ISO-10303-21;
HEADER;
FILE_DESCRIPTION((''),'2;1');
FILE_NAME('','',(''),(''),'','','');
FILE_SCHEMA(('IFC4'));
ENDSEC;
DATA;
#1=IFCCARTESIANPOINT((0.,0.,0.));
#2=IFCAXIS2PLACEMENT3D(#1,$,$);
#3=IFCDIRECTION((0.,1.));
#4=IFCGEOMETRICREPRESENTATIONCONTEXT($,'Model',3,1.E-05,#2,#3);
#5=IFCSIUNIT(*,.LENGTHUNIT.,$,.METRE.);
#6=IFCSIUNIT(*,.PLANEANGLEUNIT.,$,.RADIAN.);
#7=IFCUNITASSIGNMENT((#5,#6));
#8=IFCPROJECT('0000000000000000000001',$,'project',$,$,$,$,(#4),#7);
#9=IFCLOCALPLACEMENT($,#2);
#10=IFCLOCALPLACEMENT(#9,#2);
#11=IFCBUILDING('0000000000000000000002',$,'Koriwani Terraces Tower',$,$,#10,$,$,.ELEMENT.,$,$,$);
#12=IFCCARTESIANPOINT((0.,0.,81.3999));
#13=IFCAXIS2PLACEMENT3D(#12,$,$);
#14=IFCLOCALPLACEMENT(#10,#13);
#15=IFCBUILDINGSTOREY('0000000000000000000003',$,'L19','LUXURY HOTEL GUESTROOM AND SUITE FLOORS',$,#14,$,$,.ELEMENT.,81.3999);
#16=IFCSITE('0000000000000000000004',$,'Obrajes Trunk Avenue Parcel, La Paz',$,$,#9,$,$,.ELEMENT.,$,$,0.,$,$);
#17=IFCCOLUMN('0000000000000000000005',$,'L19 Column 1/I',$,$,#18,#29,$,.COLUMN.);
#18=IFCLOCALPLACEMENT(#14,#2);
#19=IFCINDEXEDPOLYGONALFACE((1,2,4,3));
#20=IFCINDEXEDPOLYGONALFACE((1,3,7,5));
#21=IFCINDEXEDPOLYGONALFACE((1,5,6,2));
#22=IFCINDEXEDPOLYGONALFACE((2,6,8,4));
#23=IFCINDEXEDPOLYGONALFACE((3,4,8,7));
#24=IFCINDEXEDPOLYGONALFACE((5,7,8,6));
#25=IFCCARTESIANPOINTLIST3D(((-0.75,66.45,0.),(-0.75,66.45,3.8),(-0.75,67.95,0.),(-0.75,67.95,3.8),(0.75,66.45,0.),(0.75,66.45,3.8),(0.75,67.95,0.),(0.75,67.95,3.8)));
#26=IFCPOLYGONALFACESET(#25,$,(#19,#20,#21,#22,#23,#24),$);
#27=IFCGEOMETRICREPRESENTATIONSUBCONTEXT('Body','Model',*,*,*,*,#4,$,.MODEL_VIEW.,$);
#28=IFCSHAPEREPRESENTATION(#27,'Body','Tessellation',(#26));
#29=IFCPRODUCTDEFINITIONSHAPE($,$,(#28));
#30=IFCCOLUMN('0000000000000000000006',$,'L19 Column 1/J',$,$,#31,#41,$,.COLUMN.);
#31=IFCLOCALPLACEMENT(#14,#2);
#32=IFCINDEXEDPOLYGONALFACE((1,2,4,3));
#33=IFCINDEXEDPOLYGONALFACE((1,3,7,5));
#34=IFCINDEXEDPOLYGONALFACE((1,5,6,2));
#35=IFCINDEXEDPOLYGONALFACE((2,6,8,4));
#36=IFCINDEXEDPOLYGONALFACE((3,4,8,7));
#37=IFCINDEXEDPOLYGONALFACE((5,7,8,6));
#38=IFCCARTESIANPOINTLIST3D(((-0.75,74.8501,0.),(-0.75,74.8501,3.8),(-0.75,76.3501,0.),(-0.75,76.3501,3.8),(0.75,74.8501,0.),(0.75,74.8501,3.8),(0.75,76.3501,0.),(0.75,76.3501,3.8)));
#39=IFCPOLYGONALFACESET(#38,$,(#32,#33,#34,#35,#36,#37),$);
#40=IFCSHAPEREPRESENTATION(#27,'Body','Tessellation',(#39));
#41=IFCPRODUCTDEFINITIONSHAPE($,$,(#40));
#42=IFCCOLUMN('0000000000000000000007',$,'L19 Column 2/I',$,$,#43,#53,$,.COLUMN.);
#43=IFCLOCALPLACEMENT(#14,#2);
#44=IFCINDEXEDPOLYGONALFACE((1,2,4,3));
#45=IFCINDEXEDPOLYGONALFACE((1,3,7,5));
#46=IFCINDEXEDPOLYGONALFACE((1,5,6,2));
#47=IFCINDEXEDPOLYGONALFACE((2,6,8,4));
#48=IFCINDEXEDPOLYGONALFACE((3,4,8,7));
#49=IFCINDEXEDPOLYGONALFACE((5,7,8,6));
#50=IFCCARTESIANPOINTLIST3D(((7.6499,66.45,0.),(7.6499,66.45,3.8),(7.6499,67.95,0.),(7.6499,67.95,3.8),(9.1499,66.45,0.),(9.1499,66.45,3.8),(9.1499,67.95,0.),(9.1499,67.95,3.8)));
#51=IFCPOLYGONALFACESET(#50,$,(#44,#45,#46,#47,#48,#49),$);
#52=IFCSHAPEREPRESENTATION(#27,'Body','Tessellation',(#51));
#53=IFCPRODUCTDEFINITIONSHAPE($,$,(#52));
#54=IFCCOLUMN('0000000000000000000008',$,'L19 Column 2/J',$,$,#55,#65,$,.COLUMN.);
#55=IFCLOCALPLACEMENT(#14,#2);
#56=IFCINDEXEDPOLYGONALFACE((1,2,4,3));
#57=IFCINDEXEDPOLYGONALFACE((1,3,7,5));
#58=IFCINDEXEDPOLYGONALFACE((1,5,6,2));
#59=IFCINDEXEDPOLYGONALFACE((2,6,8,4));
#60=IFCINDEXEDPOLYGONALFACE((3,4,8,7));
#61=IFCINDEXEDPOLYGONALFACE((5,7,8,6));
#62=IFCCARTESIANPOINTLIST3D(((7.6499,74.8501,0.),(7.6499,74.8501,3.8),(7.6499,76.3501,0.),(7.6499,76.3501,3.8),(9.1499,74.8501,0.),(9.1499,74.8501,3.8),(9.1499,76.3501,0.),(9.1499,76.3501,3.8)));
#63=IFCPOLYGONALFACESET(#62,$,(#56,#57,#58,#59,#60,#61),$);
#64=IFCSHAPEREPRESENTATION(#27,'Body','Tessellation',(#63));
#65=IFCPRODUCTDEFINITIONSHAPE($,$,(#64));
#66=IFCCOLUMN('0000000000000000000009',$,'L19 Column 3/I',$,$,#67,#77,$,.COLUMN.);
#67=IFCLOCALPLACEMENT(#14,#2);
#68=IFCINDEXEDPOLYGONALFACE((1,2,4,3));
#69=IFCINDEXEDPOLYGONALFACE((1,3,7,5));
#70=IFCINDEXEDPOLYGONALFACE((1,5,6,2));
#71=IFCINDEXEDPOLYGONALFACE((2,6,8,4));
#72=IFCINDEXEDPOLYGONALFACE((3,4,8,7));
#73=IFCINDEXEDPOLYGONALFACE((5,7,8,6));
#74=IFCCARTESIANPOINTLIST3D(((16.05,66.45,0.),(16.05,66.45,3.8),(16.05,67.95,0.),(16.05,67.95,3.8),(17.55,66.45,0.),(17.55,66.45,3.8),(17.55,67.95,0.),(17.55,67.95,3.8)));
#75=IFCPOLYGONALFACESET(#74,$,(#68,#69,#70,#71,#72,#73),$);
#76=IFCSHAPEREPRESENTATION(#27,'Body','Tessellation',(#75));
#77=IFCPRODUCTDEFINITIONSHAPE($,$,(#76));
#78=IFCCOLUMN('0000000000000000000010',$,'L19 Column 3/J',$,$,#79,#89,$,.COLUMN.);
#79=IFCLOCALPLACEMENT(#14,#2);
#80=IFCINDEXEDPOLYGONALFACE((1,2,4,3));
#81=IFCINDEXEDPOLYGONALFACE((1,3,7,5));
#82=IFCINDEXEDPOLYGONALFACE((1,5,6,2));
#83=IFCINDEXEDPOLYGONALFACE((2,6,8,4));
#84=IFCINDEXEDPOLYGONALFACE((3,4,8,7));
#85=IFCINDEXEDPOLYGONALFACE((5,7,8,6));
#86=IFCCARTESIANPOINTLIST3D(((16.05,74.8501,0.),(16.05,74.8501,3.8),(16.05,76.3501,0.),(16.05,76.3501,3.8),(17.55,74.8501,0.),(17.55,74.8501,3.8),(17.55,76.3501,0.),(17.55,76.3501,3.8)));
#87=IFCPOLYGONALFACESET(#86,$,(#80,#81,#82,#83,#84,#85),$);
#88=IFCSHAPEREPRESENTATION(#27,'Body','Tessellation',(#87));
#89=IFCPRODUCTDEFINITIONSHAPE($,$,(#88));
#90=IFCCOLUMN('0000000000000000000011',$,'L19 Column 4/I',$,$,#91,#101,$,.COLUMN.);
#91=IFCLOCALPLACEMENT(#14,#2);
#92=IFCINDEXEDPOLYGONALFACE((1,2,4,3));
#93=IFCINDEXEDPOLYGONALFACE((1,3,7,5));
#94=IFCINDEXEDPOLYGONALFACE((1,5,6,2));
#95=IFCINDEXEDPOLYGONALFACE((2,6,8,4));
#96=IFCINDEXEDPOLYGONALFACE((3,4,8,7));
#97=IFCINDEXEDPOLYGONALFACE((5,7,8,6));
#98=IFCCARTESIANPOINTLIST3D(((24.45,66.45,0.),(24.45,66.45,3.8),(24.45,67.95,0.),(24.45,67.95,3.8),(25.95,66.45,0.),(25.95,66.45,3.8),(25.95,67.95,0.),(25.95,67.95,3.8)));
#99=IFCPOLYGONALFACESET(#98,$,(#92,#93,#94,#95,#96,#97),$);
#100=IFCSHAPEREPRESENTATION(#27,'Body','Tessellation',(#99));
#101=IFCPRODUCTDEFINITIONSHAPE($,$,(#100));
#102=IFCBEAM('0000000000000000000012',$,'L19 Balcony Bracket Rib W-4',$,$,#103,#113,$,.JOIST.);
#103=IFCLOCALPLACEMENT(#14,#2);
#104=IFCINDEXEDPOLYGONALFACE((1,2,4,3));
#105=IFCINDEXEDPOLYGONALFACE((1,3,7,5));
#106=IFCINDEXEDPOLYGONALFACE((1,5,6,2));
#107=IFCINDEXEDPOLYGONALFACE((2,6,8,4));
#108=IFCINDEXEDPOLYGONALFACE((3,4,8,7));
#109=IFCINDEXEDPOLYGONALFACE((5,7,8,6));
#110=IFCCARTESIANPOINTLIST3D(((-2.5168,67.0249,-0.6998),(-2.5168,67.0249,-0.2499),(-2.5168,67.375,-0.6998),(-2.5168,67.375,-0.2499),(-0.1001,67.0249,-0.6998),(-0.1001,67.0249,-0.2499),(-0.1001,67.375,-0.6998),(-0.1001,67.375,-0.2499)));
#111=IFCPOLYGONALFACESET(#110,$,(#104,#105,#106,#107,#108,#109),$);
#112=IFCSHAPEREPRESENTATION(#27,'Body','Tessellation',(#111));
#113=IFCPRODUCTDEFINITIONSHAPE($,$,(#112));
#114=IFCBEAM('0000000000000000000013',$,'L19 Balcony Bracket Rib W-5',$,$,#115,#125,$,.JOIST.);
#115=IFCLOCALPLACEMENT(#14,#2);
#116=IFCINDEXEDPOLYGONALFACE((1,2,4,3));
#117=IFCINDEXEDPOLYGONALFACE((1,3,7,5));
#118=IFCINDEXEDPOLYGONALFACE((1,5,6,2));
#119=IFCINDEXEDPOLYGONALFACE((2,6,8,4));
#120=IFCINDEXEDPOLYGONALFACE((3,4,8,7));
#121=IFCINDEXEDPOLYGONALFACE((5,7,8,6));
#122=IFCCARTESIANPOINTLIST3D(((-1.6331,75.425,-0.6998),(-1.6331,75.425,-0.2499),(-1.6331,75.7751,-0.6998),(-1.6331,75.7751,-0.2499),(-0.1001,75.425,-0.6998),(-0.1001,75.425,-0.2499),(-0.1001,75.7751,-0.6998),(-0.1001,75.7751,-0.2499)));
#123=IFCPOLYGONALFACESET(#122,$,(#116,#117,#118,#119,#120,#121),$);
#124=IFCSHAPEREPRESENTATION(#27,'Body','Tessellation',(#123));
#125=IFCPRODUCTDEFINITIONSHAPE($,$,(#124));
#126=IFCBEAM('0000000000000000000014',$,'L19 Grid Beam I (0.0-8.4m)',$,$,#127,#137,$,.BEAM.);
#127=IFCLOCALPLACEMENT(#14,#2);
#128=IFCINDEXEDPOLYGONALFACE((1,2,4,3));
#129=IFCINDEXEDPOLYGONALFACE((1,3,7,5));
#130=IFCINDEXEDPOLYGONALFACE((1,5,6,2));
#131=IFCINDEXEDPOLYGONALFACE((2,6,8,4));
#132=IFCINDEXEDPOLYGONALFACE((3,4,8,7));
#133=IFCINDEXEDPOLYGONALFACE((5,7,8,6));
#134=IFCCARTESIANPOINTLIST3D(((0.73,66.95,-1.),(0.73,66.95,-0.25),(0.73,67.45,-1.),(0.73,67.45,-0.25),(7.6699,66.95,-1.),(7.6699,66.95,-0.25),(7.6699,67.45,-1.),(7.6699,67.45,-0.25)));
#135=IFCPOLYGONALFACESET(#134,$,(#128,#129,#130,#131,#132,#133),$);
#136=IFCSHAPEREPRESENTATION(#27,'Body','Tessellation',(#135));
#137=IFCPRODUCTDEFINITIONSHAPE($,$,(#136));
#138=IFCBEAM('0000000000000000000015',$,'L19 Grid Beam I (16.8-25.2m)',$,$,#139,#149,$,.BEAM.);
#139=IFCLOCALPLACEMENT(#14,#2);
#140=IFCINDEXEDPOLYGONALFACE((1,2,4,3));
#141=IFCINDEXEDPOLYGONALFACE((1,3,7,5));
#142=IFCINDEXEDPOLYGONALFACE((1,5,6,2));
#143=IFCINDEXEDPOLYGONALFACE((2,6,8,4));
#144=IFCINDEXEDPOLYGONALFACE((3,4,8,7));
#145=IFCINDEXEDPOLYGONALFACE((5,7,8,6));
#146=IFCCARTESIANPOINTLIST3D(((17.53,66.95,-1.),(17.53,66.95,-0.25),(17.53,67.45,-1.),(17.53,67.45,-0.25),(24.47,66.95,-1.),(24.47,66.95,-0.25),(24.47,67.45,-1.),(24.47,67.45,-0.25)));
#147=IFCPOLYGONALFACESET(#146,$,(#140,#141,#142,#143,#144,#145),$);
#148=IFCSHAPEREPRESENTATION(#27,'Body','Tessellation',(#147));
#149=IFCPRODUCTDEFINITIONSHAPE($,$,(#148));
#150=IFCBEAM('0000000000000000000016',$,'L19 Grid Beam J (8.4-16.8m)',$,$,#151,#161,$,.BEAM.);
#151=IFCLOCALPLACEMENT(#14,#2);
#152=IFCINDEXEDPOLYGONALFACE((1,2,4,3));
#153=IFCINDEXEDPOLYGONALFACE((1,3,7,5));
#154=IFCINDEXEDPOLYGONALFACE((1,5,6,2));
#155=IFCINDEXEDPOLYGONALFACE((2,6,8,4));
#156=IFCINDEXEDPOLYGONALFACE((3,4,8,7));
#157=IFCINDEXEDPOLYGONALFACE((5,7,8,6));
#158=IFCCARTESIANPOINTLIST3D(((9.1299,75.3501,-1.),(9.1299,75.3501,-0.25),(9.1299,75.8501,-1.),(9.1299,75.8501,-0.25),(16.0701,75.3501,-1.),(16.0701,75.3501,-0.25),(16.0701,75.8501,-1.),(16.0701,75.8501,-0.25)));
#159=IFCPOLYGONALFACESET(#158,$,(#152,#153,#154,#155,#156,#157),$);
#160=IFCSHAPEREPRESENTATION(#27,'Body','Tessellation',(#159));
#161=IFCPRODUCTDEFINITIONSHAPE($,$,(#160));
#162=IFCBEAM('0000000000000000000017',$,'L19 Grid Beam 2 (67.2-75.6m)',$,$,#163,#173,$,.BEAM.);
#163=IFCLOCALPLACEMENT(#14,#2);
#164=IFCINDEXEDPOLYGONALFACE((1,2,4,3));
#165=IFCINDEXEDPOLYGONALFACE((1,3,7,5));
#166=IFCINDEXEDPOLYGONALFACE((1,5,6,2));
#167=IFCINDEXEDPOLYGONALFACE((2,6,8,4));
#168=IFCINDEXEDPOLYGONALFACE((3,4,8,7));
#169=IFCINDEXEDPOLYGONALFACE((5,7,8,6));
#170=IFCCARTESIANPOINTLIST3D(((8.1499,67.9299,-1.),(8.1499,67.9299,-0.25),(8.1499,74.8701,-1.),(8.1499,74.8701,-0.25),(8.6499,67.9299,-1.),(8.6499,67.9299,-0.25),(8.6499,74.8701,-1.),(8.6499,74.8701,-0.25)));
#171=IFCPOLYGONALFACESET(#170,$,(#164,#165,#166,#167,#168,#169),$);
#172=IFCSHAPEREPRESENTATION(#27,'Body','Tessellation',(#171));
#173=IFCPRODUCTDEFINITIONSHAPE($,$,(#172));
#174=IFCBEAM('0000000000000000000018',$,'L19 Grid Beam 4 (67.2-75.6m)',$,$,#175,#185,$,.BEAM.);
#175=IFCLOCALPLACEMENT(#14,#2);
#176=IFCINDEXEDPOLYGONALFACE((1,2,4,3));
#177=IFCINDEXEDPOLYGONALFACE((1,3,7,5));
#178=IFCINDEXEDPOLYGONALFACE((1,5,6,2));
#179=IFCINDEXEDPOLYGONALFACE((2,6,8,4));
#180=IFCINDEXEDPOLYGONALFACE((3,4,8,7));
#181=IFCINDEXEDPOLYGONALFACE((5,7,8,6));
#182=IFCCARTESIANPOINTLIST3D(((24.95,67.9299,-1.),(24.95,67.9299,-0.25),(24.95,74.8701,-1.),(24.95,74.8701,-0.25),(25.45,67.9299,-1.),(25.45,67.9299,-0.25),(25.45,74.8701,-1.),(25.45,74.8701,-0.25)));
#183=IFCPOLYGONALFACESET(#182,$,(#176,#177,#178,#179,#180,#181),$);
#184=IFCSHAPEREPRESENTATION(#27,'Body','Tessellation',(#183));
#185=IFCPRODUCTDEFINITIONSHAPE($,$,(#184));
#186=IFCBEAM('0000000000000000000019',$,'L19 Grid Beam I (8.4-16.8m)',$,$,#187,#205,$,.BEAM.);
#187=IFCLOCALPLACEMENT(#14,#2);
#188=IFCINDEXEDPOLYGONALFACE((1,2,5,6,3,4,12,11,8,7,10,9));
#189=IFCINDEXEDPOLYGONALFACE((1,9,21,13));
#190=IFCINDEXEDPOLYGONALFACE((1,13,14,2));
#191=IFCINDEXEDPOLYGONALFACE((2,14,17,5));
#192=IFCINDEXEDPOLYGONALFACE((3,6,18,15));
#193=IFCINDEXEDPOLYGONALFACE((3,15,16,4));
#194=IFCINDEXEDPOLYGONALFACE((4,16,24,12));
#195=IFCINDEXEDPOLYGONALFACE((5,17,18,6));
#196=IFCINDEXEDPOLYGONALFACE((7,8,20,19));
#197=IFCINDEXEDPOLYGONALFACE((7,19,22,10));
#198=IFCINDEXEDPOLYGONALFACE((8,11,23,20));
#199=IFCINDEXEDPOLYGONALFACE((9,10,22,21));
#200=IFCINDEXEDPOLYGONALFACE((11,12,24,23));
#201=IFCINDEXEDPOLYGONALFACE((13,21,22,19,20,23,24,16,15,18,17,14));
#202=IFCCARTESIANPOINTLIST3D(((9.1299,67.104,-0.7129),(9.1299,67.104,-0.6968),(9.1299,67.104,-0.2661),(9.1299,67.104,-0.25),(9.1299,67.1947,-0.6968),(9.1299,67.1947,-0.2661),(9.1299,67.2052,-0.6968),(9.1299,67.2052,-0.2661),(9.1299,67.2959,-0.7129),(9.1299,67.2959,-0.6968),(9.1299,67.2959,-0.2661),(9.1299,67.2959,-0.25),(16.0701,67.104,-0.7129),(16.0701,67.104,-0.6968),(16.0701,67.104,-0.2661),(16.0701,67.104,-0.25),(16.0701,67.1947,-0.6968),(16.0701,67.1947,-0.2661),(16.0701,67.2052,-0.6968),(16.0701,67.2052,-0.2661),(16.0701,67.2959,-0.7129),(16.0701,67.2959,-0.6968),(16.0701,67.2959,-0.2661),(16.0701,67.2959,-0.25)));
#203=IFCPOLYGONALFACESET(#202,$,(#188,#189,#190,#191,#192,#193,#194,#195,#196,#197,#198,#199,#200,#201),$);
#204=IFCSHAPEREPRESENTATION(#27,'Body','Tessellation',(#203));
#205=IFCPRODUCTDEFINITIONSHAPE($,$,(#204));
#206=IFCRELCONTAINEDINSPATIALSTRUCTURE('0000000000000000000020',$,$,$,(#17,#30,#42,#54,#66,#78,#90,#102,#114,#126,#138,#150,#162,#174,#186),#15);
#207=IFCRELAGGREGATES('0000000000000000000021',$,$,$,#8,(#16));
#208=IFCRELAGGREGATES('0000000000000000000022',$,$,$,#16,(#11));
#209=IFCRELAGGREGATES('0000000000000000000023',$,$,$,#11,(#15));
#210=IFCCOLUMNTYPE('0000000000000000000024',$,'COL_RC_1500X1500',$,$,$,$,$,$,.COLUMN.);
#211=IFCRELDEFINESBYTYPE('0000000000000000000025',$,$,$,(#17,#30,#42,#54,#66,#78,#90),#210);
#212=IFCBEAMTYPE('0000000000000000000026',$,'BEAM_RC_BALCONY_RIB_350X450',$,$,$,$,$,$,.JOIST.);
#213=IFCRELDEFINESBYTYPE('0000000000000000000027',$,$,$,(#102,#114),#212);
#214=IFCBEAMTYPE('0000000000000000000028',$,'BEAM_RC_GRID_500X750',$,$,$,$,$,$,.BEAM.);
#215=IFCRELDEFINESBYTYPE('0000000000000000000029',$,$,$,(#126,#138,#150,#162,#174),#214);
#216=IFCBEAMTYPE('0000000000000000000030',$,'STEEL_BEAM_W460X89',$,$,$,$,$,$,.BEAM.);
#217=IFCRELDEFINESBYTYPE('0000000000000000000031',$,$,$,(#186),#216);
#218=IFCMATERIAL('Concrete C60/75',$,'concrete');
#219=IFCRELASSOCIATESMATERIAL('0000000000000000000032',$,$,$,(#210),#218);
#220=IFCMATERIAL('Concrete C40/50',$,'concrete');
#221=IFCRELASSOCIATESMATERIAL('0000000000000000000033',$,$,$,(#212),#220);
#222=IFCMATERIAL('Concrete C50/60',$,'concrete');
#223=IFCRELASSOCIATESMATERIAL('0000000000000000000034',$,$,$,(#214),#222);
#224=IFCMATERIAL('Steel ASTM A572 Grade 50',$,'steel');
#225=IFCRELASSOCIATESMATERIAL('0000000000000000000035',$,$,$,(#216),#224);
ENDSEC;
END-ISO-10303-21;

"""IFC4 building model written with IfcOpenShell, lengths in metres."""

from ifc_helpers import new_model, si_unit, direction, frame, origin, origin_2d, place, context, subcontext, project, spatial, rectangle, i_section, extrude, material, material_profile, profile_set, type_object, element, save


model = new_model("IFC4")

# Units and contexts
model_context = context("Model", 3, precision=1e-05, world=origin(), true_north=direction((0.0, 1.0)))
body_context = subcontext(model_context, "Body", "Model", "MODEL_VIEW")
ifc_project = project(units=[si_unit("LENGTHUNIT", "METRE"), si_unit("PLANEANGLEUNIT", "RADIAN")], contexts=[model_context])

# Site, building, storey
site_placement = place(None, origin())
site = spatial("IfcSite", under=ifc_project, at=site_placement, Name="Obrajes Trunk Avenue Parcel, La Paz", CompositionType="ELEMENT", RefElevation=0.0)
building_placement = place(site_placement, origin())
building = spatial("IfcBuilding", under=site, at=building_placement, Name="Koriwani Terraces Tower", CompositionType="ELEMENT")
storey_placement = place(building_placement, frame((0.0, 0.0, 81.3999)))
storey = spatial("IfcBuildingStorey", under=building, at=storey_placement, Name="L19", Description="LUXURY HOTEL GUESTROOM AND SUITE FLOORS", CompositionType="ELEMENT", Elevation=81.3999)

# Columns
ifc_material_1 = material(Name="Concrete C60/75", Category="concrete")
ifc_material_profile_1 = material_profile(ifc_material_1, rectangle(XDim=1.5, YDim=1.5, at=origin_2d()), Name="Concrete C60/75", Category="LoadBearing")
ifc_profile_set_1 = profile_set([ifc_material_profile_1], Name="Concrete C60/75")
column_type = type_object("IfcColumnType", Name="COL_RC_1500X1500", PredefinedType="COLUMN", material=ifc_profile_set_1)
for number, where, z_axis, x_axis, name in (
    (1, (0.0, 67.2, 0.0), (0.0, 0.0, 1.0), (1.0, 0.0, 0.0), "L19 Column 1/I"),
    (2, (0.0, 75.6001, 0.0), (0.0, 0.0, 1.0), (1.0, 0.0, 0.0), "L19 Column 1/J"),
    (3, (8.3999, 67.2, 0.0), (0.0, 0.0, 1.0), (1.0, 0.0, 0.0), "L19 Column 2/I"),
    (4, (8.3999, 75.6001, 0.0), (0.0, 0.0, 1.0), (1.0, 0.0, 0.0), "L19 Column 2/J"),
    (5, (16.8, 67.2, 0.0), (0.0, 0.0, 1.0), (1.0, 0.0, 0.0), "L19 Column 3/I"),
    (6, (16.8, 75.6001, 0.0), (0.0, 0.0, 1.0), (1.0, 0.0, 0.0), "L19 Column 3/J"),
    (7, (25.2, 67.2, 0.0), (0.0, 0.0, 1.0), (1.0, 0.0, 0.0), "L19 Column 4/I"),
):
    element("IfcColumn", number, at=place(storey_placement, frame(where, z_axis=z_axis, x_axis=x_axis)), inside=storey, type_object=column_type, Name=name, PredefinedType="COLUMN", context=body_context, shape_type="SweptSolid", body=[
        extrude(rectangle(XDim=1.5, YDim=1.5, at=origin_2d()), origin(), (0.0, 0.0, 1.0), 3.8),
    ])

# Beams
ifc_material_2 = material(Name="Concrete C40/50", Category="concrete")
ifc_material_profile_2 = material_profile(ifc_material_2, rectangle(XDim=0.3501, YDim=0.45, at=origin_2d()), Name="Concrete C40/50", Category="LoadBearing")
ifc_profile_set_2 = profile_set([ifc_material_profile_2], Name="Concrete C40/50")
beam_type_1 = type_object("IfcBeamType", Name="BEAM_RC_BALCONY_RIB_350X450", PredefinedType="JOIST", material=ifc_profile_set_2)
beam_1_placement = place(storey_placement, frame((-2.5168, 67.2, -0.4749), z_axis=(1.0, 0.0, 0.0), x_axis=(0.0, 1.0, 0.0)))
element("IfcBeam", 8, at=beam_1_placement, inside=storey, type_object=beam_type_1, Name="L19 Balcony Bracket Rib W-4", PredefinedType="JOIST", context=body_context, shape_type="SweptSolid", body=[
    extrude(rectangle(XDim=0.3501, YDim=0.45, at=origin_2d()), origin(), (0.0, 0.0, 1.0), 2.4167),
])
beam_2_placement = place(storey_placement, frame((-1.6331, 75.6001, -0.4749), z_axis=(1.0, 0.0, 0.0), x_axis=(0.0, 1.0, 0.0)))
element("IfcBeam", 9, at=beam_2_placement, inside=storey, type_object=beam_type_1, Name="L19 Balcony Bracket Rib W-5", PredefinedType="JOIST", context=body_context, shape_type="SweptSolid", body=[
    extrude(rectangle(XDim=0.3501, YDim=0.45, at=origin_2d()), origin(), (0.0, 0.0, 1.0), 1.533),
])
ifc_material_3 = material(Name="Concrete C50/60", Category="concrete")
ifc_material_profile_3 = material_profile(ifc_material_3, rectangle(XDim=0.5, YDim=0.75, at=origin_2d()), Name="Concrete C50/60", Category="LoadBearing")
ifc_profile_set_3 = profile_set([ifc_material_profile_3], Name="Concrete C50/60")
beam_type_2 = type_object("IfcBeamType", Name="BEAM_RC_GRID_500X750", PredefinedType="BEAM", material=ifc_profile_set_3)
for number, where, z_axis, x_axis, name in (
    (10, (0.73, 67.2, -0.625), (1.0, 0.0, 0.0), (0.0, 1.0, 0.0), "L19 Grid Beam I (0.0-8.4m)"),
    (11, (17.53, 67.2, -0.625), (1.0, 0.0, 0.0), (0.0, 1.0, 0.0), "L19 Grid Beam I (16.8-25.2m)"),
):
    element("IfcBeam", number, at=place(storey_placement, frame(where, z_axis=z_axis, x_axis=x_axis)), inside=storey, type_object=beam_type_2, Name=name, PredefinedType="BEAM", context=body_context, shape_type="SweptSolid", body=[
        extrude(rectangle(XDim=0.5, YDim=0.75, at=origin_2d()), origin(), (0.0, 0.0, 1.0), 6.9399),
    ])
for number, where, z_axis, x_axis, name in (
    (12, (9.1299, 75.6001, -0.625), (1.0, 0.0, 0.0), (0.0, 1.0, 0.0), "L19 Grid Beam J (8.4-16.8m)"),
    (13, (8.3999, 67.9299, -0.625), (0.0, 1.0, 0.0), (-1.0, 0.0, 0.0), "L19 Grid Beam 2 (67.2-75.6m)"),
    (14, (25.2, 67.9299, -0.625), (0.0, 1.0, 0.0), (-1.0, 0.0, 0.0), "L19 Grid Beam 4 (67.2-75.6m)"),
):
    element("IfcBeam", number, at=place(storey_placement, frame(where, z_axis=z_axis, x_axis=x_axis)), inside=storey, type_object=beam_type_2, Name=name, PredefinedType="BEAM", context=body_context, shape_type="SweptSolid", body=[
        extrude(rectangle(XDim=0.5, YDim=0.75, at=origin_2d()), origin(), (0.0, 0.0, 1.0), 6.9402),
    ])
ifc_material_4 = material(Name="Steel ASTM A572 Grade 50", Category="steel")
ifc_material_profile_4 = material_profile(ifc_material_4, i_section(OverallWidth=0.1919, OverallDepth=0.4629, WebThickness=0.0105, FlangeThickness=0.0161, at=origin_2d()), Name="Steel ASTM A572 Grade 50", Category="LoadBearing")
ifc_profile_set_4 = profile_set([ifc_material_profile_4], Name="Steel ASTM A572 Grade 50")
beam_type_3 = type_object("IfcBeamType", Name="STEEL_BEAM_W460X89", PredefinedType="BEAM", material=ifc_profile_set_4)
beam_3_placement = place(storey_placement, frame((9.1299, 67.2, -0.4814), z_axis=(1.0, 0.0, 0.0), x_axis=(0.0, 1.0, 0.0)))
element("IfcBeam", 15, at=beam_3_placement, inside=storey, type_object=beam_type_3, Name="L19 Grid Beam I (8.4-16.8m)", PredefinedType="BEAM", context=body_context, shape_type="SweptSolid", body=[
    extrude(i_section(OverallWidth=0.1919, OverallDepth=0.4629, WebThickness=0.0105, FlangeThickness=0.0161, at=origin_2d()), origin(), (0.0, 0.0, 1.0), 6.9402),
])

save(model, "model.ifc")
